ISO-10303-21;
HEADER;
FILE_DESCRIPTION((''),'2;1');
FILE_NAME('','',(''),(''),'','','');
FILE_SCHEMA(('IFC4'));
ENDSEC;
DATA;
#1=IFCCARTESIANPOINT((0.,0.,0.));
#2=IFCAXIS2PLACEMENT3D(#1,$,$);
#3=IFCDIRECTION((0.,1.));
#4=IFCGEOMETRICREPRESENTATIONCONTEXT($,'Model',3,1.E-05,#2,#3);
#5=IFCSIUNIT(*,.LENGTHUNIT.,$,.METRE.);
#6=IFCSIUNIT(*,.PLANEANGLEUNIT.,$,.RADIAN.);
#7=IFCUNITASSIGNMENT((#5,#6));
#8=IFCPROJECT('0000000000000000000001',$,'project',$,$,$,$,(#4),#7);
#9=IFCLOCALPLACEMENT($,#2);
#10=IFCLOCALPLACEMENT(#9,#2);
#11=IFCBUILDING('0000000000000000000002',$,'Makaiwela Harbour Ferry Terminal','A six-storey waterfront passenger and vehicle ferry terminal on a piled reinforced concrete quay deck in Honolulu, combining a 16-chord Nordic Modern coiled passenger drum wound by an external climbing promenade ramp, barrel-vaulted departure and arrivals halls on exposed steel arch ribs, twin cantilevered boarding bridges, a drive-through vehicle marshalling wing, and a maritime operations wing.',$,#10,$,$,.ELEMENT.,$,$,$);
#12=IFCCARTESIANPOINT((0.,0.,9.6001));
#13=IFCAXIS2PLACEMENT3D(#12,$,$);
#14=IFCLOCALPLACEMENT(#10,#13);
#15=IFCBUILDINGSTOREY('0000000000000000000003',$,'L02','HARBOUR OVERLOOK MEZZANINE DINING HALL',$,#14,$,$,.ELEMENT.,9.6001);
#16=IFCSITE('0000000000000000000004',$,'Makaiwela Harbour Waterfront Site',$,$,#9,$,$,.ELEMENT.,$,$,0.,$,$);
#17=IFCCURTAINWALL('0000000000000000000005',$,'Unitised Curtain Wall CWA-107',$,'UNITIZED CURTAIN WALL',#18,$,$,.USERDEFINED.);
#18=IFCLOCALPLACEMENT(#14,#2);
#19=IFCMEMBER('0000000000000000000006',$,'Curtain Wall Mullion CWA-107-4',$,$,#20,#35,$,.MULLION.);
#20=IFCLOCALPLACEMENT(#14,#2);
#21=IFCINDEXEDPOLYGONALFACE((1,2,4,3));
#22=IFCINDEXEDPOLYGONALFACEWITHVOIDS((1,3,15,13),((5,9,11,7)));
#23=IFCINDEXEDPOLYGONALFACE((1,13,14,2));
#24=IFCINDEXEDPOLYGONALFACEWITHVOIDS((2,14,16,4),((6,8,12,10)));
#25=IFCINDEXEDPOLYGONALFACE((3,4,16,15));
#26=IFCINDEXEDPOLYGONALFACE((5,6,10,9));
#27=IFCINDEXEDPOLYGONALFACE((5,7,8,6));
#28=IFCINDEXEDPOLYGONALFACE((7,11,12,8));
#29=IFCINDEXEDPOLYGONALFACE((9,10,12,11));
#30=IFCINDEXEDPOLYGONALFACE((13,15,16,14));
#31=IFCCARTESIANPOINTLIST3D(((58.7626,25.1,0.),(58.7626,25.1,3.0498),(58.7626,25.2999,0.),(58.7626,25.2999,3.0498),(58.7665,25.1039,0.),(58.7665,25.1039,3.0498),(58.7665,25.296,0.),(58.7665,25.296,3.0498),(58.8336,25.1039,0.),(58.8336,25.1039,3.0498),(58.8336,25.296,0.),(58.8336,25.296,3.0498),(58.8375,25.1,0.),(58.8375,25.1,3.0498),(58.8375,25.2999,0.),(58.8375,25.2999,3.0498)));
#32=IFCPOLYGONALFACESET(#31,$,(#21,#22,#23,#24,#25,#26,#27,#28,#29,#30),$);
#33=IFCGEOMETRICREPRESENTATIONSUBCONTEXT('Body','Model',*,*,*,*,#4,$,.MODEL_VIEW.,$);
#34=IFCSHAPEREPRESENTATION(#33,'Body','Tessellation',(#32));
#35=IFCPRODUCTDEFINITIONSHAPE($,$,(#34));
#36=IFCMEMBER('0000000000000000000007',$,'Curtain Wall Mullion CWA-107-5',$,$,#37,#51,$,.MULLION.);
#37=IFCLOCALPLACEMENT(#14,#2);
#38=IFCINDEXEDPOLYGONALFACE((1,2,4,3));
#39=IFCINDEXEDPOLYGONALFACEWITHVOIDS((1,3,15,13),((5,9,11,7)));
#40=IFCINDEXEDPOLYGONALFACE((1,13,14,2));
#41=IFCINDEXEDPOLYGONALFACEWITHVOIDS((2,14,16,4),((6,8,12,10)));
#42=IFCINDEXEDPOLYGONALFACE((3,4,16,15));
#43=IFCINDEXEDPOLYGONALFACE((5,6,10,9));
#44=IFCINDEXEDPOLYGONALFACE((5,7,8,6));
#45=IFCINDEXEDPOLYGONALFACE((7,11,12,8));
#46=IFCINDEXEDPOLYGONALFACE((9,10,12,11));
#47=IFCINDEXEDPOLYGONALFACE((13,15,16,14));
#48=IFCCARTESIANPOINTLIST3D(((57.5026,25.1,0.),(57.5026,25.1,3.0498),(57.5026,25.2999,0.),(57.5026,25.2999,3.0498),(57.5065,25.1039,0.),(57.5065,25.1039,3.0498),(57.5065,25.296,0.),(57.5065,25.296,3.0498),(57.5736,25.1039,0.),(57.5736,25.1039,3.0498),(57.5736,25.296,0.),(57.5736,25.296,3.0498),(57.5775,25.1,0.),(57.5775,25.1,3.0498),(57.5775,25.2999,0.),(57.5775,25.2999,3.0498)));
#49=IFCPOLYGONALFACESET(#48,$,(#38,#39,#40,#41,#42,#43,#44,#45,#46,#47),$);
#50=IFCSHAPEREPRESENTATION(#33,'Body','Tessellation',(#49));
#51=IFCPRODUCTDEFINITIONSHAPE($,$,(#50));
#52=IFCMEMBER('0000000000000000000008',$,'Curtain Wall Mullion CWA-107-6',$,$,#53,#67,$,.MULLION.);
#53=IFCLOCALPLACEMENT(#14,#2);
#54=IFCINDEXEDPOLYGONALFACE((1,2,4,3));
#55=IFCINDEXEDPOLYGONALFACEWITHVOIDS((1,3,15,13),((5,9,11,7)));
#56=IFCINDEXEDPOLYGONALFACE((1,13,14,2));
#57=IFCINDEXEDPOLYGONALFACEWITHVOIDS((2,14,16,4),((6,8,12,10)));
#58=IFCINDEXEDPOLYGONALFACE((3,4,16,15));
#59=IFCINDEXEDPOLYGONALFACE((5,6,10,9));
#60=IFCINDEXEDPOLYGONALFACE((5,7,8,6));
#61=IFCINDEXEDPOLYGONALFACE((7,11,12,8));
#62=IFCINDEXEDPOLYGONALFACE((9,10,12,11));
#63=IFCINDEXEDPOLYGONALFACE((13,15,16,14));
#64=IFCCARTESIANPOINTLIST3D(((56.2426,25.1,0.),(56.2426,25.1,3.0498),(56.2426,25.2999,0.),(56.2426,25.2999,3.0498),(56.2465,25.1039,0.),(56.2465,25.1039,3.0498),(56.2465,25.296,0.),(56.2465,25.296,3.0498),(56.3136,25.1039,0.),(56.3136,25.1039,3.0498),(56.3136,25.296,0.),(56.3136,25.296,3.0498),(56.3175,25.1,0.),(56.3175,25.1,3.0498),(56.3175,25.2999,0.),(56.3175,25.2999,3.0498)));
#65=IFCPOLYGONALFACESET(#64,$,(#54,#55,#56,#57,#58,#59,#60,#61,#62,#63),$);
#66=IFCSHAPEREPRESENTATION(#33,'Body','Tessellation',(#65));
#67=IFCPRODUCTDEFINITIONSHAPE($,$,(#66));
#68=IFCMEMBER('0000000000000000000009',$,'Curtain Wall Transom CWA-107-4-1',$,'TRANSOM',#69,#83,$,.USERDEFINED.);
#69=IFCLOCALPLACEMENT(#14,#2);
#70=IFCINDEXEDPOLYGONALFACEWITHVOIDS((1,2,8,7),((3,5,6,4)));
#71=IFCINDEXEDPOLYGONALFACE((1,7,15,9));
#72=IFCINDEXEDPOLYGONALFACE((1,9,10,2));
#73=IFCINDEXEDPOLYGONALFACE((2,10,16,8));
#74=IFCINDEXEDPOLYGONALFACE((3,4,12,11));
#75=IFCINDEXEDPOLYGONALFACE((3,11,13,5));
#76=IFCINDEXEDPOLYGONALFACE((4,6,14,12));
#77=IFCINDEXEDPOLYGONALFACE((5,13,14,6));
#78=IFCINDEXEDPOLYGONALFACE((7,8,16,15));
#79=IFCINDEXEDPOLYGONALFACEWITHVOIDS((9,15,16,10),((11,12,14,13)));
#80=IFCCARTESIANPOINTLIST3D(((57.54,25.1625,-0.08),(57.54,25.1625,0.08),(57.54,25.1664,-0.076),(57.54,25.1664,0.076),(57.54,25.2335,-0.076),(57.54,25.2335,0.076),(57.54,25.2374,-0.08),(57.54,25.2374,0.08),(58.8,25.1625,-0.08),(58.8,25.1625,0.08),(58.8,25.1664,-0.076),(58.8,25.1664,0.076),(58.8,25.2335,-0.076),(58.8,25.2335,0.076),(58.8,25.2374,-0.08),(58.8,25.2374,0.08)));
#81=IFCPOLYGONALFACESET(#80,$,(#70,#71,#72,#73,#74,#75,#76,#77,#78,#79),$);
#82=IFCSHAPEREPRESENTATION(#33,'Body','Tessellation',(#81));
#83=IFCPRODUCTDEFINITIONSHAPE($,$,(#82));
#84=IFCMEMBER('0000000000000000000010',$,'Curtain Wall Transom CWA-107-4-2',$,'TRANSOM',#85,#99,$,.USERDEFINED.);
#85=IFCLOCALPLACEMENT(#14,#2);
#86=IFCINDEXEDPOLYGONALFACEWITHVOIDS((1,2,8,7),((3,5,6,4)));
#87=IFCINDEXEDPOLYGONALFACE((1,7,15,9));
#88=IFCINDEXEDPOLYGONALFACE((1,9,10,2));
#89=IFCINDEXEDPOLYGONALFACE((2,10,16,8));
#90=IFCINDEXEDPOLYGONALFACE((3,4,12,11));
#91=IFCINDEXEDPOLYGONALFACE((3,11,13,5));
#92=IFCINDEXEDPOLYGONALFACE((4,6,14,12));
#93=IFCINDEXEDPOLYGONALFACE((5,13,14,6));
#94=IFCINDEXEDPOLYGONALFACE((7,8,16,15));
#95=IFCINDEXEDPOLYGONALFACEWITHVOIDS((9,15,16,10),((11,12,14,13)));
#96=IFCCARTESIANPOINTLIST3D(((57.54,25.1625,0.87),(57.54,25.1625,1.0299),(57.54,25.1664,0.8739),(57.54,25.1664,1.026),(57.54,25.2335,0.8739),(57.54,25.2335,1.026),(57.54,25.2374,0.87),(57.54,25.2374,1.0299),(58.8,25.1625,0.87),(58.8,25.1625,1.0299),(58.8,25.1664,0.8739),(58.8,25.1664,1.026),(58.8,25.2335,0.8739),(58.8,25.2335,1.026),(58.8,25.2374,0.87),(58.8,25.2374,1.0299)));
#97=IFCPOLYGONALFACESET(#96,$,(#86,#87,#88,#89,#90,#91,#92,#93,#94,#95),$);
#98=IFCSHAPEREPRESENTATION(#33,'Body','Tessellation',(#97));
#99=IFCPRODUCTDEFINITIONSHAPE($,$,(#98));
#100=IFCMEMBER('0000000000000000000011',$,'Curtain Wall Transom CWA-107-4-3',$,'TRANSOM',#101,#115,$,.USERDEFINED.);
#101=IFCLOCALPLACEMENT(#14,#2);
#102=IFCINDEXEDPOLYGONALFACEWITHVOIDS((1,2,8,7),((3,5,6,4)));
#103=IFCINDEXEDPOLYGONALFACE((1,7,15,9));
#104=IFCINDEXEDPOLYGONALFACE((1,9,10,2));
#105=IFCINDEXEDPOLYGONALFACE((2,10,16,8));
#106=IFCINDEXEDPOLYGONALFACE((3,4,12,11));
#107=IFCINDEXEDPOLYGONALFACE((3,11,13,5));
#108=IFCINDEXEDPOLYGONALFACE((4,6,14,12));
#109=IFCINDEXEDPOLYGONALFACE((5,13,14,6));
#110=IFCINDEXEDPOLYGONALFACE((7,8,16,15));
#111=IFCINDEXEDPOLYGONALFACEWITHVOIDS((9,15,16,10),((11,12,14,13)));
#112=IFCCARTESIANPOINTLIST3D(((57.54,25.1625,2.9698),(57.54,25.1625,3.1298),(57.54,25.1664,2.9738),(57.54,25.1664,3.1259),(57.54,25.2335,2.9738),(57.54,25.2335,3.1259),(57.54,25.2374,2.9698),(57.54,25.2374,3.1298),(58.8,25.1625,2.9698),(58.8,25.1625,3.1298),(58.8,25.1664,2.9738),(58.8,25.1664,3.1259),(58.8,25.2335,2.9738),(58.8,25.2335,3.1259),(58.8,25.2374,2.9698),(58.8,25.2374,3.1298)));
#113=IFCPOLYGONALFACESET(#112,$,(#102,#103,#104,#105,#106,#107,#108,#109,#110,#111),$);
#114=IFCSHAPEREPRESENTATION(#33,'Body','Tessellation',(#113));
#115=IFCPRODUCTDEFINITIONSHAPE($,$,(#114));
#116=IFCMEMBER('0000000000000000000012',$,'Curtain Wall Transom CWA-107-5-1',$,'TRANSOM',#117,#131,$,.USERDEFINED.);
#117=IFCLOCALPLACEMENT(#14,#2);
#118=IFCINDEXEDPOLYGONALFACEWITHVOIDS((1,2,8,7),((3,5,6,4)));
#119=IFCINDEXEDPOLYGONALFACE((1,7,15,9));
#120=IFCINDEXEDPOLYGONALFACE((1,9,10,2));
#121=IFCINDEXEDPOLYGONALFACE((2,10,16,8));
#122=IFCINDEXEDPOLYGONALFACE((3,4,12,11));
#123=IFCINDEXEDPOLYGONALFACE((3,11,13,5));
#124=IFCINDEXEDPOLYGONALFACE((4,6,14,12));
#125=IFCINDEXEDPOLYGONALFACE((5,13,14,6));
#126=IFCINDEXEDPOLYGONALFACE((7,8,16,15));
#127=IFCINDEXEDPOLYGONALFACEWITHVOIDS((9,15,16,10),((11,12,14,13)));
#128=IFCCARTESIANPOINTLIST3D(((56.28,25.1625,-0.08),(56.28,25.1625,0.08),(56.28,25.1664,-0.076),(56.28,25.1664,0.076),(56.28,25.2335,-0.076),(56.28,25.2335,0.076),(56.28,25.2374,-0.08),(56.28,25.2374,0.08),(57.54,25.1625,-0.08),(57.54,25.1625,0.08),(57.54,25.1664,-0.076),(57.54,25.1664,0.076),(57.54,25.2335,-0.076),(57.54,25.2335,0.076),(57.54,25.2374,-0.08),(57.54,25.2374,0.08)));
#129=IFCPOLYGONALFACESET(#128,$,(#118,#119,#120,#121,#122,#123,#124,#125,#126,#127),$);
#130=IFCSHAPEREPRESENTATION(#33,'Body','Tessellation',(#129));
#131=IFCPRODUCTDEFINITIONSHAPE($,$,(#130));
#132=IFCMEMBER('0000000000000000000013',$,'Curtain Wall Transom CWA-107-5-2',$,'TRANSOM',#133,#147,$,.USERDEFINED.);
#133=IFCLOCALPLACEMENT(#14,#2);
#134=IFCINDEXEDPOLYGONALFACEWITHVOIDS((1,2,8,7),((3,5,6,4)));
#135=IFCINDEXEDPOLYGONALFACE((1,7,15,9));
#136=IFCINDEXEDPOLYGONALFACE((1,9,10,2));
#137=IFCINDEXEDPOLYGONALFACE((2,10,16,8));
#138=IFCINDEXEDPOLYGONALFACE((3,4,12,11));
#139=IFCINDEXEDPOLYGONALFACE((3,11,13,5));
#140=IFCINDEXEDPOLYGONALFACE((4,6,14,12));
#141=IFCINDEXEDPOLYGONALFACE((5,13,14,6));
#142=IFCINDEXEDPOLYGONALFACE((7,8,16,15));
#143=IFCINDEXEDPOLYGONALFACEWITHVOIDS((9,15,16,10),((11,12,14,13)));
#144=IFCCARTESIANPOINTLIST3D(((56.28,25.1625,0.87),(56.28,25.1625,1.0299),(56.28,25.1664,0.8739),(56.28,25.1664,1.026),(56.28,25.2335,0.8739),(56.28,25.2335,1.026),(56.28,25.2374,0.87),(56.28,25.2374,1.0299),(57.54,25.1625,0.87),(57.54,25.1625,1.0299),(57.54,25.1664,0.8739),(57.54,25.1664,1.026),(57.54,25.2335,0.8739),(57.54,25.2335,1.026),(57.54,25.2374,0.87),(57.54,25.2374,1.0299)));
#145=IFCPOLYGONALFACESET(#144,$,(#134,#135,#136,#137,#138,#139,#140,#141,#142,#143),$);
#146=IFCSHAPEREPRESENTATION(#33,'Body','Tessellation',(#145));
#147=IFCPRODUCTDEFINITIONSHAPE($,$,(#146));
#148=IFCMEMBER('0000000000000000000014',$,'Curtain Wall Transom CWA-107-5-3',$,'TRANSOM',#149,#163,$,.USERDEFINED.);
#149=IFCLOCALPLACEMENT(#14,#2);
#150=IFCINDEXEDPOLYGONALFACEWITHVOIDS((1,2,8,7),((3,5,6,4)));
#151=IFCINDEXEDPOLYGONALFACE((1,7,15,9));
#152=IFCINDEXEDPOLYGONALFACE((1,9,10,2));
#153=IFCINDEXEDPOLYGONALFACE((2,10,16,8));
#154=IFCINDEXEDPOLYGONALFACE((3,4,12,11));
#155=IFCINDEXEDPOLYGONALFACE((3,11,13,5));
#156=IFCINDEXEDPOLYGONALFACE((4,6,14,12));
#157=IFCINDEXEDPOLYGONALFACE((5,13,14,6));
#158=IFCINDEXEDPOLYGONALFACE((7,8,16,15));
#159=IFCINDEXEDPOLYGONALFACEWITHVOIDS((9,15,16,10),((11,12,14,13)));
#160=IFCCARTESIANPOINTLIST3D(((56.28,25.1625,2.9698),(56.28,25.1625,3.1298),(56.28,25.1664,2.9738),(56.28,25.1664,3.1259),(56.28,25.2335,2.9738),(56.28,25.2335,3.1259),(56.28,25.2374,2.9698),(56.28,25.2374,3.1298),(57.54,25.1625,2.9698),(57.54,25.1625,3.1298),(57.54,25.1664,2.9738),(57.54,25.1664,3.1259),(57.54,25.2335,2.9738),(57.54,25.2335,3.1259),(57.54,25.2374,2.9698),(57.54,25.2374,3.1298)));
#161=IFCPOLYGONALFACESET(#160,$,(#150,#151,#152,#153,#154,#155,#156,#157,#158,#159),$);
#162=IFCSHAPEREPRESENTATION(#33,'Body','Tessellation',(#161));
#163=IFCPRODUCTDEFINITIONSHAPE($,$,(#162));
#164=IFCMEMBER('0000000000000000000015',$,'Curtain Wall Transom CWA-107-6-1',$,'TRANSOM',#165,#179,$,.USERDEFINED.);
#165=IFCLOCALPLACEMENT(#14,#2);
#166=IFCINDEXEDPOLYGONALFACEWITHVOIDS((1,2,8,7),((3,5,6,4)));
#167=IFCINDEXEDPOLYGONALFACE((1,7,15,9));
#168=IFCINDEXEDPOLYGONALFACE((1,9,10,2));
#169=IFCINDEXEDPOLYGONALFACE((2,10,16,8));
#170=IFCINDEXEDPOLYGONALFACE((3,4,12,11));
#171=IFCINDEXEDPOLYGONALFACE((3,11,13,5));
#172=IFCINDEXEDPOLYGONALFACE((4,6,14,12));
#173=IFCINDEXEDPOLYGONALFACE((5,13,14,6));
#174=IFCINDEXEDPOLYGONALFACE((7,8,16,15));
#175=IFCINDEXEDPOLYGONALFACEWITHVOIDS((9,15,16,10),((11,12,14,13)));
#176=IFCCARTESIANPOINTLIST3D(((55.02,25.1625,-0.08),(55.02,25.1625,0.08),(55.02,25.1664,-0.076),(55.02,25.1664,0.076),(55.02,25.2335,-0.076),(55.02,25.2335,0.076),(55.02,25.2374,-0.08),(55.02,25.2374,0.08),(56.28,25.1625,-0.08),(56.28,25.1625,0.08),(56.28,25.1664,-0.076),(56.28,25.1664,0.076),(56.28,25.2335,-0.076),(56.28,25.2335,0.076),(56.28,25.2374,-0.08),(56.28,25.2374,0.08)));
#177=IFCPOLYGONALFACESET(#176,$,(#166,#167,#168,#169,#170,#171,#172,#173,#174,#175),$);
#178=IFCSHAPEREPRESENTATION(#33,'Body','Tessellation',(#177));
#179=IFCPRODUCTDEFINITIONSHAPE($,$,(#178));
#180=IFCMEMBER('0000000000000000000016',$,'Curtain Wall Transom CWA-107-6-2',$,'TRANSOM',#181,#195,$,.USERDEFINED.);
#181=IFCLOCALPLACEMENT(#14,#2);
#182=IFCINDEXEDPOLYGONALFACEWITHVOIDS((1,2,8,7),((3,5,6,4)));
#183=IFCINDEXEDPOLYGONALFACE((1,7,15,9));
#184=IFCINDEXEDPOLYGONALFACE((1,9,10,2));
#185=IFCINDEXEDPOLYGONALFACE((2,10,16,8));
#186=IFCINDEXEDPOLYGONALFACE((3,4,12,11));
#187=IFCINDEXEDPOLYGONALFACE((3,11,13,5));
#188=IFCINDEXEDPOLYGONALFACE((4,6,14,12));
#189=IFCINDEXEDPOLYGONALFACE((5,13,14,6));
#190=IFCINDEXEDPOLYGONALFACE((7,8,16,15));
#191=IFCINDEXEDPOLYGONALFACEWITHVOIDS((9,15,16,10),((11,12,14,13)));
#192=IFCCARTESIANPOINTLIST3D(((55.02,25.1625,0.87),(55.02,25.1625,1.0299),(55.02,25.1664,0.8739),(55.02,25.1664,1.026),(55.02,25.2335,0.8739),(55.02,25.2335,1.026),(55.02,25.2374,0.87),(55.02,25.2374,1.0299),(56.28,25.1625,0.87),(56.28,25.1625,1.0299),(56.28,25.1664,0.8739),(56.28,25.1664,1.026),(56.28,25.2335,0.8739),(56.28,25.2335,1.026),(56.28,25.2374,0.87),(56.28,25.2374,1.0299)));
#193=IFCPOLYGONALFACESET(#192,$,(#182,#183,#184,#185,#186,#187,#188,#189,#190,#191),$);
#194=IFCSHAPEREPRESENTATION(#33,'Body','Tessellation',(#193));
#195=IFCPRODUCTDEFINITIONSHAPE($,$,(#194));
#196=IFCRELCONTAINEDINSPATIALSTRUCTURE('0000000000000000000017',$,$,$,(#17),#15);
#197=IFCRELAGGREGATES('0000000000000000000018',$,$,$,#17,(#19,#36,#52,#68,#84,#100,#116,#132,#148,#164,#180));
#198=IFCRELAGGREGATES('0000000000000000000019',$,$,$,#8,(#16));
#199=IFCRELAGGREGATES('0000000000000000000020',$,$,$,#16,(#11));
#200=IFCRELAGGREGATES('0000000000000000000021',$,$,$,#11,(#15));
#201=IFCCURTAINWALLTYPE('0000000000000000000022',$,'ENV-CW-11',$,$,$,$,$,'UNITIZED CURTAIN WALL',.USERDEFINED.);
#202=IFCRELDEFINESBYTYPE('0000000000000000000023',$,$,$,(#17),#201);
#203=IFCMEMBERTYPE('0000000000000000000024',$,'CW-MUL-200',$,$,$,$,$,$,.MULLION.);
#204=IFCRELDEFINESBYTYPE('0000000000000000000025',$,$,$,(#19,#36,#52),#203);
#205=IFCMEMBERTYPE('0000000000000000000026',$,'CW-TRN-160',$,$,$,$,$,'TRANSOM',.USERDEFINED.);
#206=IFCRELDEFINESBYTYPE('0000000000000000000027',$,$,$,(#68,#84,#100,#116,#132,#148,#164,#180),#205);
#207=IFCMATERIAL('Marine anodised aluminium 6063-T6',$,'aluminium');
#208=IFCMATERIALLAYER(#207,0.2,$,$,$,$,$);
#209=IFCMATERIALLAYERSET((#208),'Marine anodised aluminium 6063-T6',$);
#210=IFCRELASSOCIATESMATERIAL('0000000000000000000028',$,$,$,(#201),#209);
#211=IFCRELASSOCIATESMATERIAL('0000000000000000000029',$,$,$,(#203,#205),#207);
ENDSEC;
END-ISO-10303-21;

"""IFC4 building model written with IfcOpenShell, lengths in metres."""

from ifc_helpers import new_model, si_unit, direction, frame, origin, origin_2d, place, context, subcontext, project, spatial, hollow_rectangle, extrude, material, layer, layer_set, material_profile, profile_set, type_object, element, aggregate, save


model = new_model("IFC4")

# Units and contexts
model_context = context("Model", 3, precision=1e-05, world=origin(), true_north=direction((0.0, 1.0)))
body_context = subcontext(model_context, "Body", "Model", "MODEL_VIEW")
ifc_project = project(units=[si_unit("LENGTHUNIT", "METRE"), si_unit("PLANEANGLEUNIT", "RADIAN")], contexts=[model_context])

# Site, building, storey
site_placement = place(None, origin())
site = spatial("IfcSite", under=ifc_project, at=site_placement, Name="Makaiwela Harbour Waterfront Site", CompositionType="ELEMENT", RefElevation=0.0)
building_placement = place(site_placement, origin())
building = spatial("IfcBuilding", under=site, at=building_placement, Name="Makaiwela Harbour Ferry Terminal", Description="A six-storey waterfront passenger and vehicle ferry terminal on a piled reinforced concrete quay deck in Honolulu, combining a 16-chord Nordic Modern coiled passenger drum wound by an external climbing promenade ramp, barrel-vaulted departure and arrivals halls on exposed steel arch ribs, twin cantilevered boarding bridges, a drive-through vehicle marshalling wing, and a maritime operations wing.", CompositionType="ELEMENT")
storey_placement = place(building_placement, frame((0.0, 0.0, 9.6001)))
storey = spatial("IfcBuildingStorey", under=building, at=storey_placement, Name="L02", Description="HARBOUR OVERLOOK MEZZANINE DINING HALL", CompositionType="ELEMENT", Elevation=9.6001)

# Curtain wall, members
ifc_material_1 = material(Name="Marine anodised aluminium 6063-T6", Category="aluminium")
ifc_layer_1 = layer(ifc_material_1, 0.2)
ifc_layer_set_1 = layer_set([ifc_layer_1], Name="Marine anodised aluminium 6063-T6")
curtain_wall_type = type_object("IfcCurtainWallType", Name="ENV-CW-11", ElementType="UNITIZED CURTAIN WALL", PredefinedType="USERDEFINED", material=ifc_layer_set_1)
curtain_wall_placement = place(storey_placement, origin())
curtain_wall = element("IfcCurtainWall", 1, at=curtain_wall_placement, inside=storey, type_object=curtain_wall_type, Name="Unitised Curtain Wall CWA-107", ObjectType="UNITIZED CURTAIN WALL", PredefinedType="USERDEFINED")
ifc_material_profile_1 = material_profile(ifc_material_1, hollow_rectangle(XDim=0.075, YDim=0.2, WallThickness=0.0039, at=origin_2d()), Name="CWM-200X75")
ifc_profile_set_1 = profile_set([ifc_material_profile_1], Name="Marine anodised aluminium 6063-T6")
member_type_1 = type_object("IfcMemberType", Name="CW-MUL-200", PredefinedType="MULLION", material=ifc_profile_set_1)
member_1_placement = place(storey_placement, frame((58.8, 25.2, 0.0), z_axis=(0.0, 0.0, 1.0), x_axis=(1.0, 0.0, 0.0)))
member_1 = element("IfcMember", 2, at=member_1_placement, type_object=member_type_1, Name="Curtain Wall Mullion CWA-107-4", PredefinedType="MULLION", context=body_context, shape_type="SweptSolid", body=[
    extrude(hollow_rectangle(XDim=0.075, YDim=0.2, WallThickness=0.0039, at=origin_2d()), origin(), (0.0, 0.0, 1.0), 3.0498),
])
member_2_placement = place(storey_placement, frame((57.54, 25.2, 0.0), z_axis=(0.0, 0.0, 1.0), x_axis=(1.0, 0.0, 0.0)))
member_2 = element("IfcMember", 3, at=member_2_placement, type_object=member_type_1, Name="Curtain Wall Mullion CWA-107-5", PredefinedType="MULLION", context=body_context, shape_type="SweptSolid", body=[
    extrude(hollow_rectangle(XDim=0.075, YDim=0.2, WallThickness=0.0039, at=origin_2d()), origin(), (0.0, 0.0, 1.0), 3.0498),
])
member_3_placement = place(storey_placement, frame((56.28, 25.2, 0.0), z_axis=(0.0, 0.0, 1.0), x_axis=(1.0, 0.0, 0.0)))
member_3 = element("IfcMember", 4, at=member_3_placement, type_object=member_type_1, Name="Curtain Wall Mullion CWA-107-6", PredefinedType="MULLION", context=body_context, shape_type="SweptSolid", body=[
    extrude(hollow_rectangle(XDim=0.075, YDim=0.2, WallThickness=0.0039, at=origin_2d()), origin(), (0.0, 0.0, 1.0), 3.0498),
])
ifc_material_profile_2 = material_profile(ifc_material_1, hollow_rectangle(XDim=0.075, YDim=0.1599, WallThickness=0.0039, at=origin_2d()), Name="CWT-160X75")
ifc_profile_set_2 = profile_set([ifc_material_profile_2], Name="Marine anodised aluminium 6063-T6")
member_type_2 = type_object("IfcMemberType", Name="CW-TRN-160", ElementType="TRANSOM", PredefinedType="USERDEFINED", material=ifc_profile_set_2)
member_4_placement = place(storey_placement, frame((58.8, 25.2, 0.0), z_axis=(-1.0, 0.0, 0.0), x_axis=(0.0, -1.0, 0.0)))
member_4 = element("IfcMember", 5, at=member_4_placement, type_object=member_type_2, Name="Curtain Wall Transom CWA-107-4-1", ObjectType="TRANSOM", PredefinedType="USERDEFINED", context=body_context, shape_type="SweptSolid", body=[
    extrude(hollow_rectangle(XDim=0.075, YDim=0.1599, WallThickness=0.0039, at=origin_2d()), origin(), (0.0, 0.0, 1.0), 1.26),
])
member_5_placement = place(storey_placement, frame((58.8, 25.2, 0.95), z_axis=(-1.0, 0.0, 0.0), x_axis=(0.0, -1.0, 0.0)))
member_5 = element("IfcMember", 6, at=member_5_placement, type_object=member_type_2, Name="Curtain Wall Transom CWA-107-4-2", ObjectType="TRANSOM", PredefinedType="USERDEFINED", context=body_context, shape_type="SweptSolid", body=[
    extrude(hollow_rectangle(XDim=0.075, YDim=0.1599, WallThickness=0.0039, at=origin_2d()), origin(), (0.0, 0.0, 1.0), 1.26),
])
member_6_placement = place(storey_placement, frame((58.8, 25.2, 3.0498), z_axis=(-1.0, 0.0, 0.0), x_axis=(0.0, -1.0, 0.0)))
member_6 = element("IfcMember", 7, at=member_6_placement, type_object=member_type_2, Name="Curtain Wall Transom CWA-107-4-3", ObjectType="TRANSOM", PredefinedType="USERDEFINED", context=body_context, shape_type="SweptSolid", body=[
    extrude(hollow_rectangle(XDim=0.075, YDim=0.1599, WallThickness=0.0039, at=origin_2d()), origin(), (0.0, 0.0, 1.0), 1.26),
])
member_7_placement = place(storey_placement, frame((57.54, 25.2, 0.0), z_axis=(-1.0, 0.0, 0.0), x_axis=(0.0, -1.0, 0.0)))
member_7 = element("IfcMember", 8, at=member_7_placement, type_object=member_type_2, Name="Curtain Wall Transom CWA-107-5-1", ObjectType="TRANSOM", PredefinedType="USERDEFINED", context=body_context, shape_type="SweptSolid", body=[
    extrude(hollow_rectangle(XDim=0.075, YDim=0.1599, WallThickness=0.0039, at=origin_2d()), origin(), (0.0, 0.0, 1.0), 1.26),
])
member_8_placement = place(storey_placement, frame((57.54, 25.2, 0.95), z_axis=(-1.0, 0.0, 0.0), x_axis=(0.0, -1.0, 0.0)))
member_8 = element("IfcMember", 9, at=member_8_placement, type_object=member_type_2, Name="Curtain Wall Transom CWA-107-5-2", ObjectType="TRANSOM", PredefinedType="USERDEFINED", context=body_context, shape_type="SweptSolid", body=[
    extrude(hollow_rectangle(XDim=0.075, YDim=0.1599, WallThickness=0.0039, at=origin_2d()), origin(), (0.0, 0.0, 1.0), 1.26),
])
member_9_placement = place(storey_placement, frame((57.54, 25.2, 3.0498), z_axis=(-1.0, 0.0, 0.0), x_axis=(0.0, -1.0, 0.0)))
member_9 = element("IfcMember", 10, at=member_9_placement, type_object=member_type_2, Name="Curtain Wall Transom CWA-107-5-3", ObjectType="TRANSOM", PredefinedType="USERDEFINED", context=body_context, shape_type="SweptSolid", body=[
    extrude(hollow_rectangle(XDim=0.075, YDim=0.1599, WallThickness=0.0039, at=origin_2d()), origin(), (0.0, 0.0, 1.0), 1.26),
])
member_10_placement = place(storey_placement, frame((56.28, 25.2, 0.0), z_axis=(-1.0, 0.0, 0.0), x_axis=(0.0, -1.0, 0.0)))
member_10 = element("IfcMember", 11, at=member_10_placement, type_object=member_type_2, Name="Curtain Wall Transom CWA-107-6-1", ObjectType="TRANSOM", PredefinedType="USERDEFINED", context=body_context, shape_type="SweptSolid", body=[
    extrude(hollow_rectangle(XDim=0.075, YDim=0.1599, WallThickness=0.0039, at=origin_2d()), origin(), (0.0, 0.0, 1.0), 1.26),
])
member_11_placement = place(storey_placement, frame((56.28, 25.2, 0.95), z_axis=(-1.0, 0.0, 0.0), x_axis=(0.0, -1.0, 0.0)))
member_11 = element("IfcMember", 12, at=member_11_placement, type_object=member_type_2, Name="Curtain Wall Transom CWA-107-6-2", ObjectType="TRANSOM", PredefinedType="USERDEFINED", context=body_context, shape_type="SweptSolid", body=[
    extrude(hollow_rectangle(XDim=0.075, YDim=0.1599, WallThickness=0.0039, at=origin_2d()), origin(), (0.0, 0.0, 1.0), 1.26),
])

aggregate(curtain_wall, [member_1, member_2, member_3, member_4, member_5, member_6, member_7, member_8, member_9, member_10, member_11])

save(model, "model.ifc")
